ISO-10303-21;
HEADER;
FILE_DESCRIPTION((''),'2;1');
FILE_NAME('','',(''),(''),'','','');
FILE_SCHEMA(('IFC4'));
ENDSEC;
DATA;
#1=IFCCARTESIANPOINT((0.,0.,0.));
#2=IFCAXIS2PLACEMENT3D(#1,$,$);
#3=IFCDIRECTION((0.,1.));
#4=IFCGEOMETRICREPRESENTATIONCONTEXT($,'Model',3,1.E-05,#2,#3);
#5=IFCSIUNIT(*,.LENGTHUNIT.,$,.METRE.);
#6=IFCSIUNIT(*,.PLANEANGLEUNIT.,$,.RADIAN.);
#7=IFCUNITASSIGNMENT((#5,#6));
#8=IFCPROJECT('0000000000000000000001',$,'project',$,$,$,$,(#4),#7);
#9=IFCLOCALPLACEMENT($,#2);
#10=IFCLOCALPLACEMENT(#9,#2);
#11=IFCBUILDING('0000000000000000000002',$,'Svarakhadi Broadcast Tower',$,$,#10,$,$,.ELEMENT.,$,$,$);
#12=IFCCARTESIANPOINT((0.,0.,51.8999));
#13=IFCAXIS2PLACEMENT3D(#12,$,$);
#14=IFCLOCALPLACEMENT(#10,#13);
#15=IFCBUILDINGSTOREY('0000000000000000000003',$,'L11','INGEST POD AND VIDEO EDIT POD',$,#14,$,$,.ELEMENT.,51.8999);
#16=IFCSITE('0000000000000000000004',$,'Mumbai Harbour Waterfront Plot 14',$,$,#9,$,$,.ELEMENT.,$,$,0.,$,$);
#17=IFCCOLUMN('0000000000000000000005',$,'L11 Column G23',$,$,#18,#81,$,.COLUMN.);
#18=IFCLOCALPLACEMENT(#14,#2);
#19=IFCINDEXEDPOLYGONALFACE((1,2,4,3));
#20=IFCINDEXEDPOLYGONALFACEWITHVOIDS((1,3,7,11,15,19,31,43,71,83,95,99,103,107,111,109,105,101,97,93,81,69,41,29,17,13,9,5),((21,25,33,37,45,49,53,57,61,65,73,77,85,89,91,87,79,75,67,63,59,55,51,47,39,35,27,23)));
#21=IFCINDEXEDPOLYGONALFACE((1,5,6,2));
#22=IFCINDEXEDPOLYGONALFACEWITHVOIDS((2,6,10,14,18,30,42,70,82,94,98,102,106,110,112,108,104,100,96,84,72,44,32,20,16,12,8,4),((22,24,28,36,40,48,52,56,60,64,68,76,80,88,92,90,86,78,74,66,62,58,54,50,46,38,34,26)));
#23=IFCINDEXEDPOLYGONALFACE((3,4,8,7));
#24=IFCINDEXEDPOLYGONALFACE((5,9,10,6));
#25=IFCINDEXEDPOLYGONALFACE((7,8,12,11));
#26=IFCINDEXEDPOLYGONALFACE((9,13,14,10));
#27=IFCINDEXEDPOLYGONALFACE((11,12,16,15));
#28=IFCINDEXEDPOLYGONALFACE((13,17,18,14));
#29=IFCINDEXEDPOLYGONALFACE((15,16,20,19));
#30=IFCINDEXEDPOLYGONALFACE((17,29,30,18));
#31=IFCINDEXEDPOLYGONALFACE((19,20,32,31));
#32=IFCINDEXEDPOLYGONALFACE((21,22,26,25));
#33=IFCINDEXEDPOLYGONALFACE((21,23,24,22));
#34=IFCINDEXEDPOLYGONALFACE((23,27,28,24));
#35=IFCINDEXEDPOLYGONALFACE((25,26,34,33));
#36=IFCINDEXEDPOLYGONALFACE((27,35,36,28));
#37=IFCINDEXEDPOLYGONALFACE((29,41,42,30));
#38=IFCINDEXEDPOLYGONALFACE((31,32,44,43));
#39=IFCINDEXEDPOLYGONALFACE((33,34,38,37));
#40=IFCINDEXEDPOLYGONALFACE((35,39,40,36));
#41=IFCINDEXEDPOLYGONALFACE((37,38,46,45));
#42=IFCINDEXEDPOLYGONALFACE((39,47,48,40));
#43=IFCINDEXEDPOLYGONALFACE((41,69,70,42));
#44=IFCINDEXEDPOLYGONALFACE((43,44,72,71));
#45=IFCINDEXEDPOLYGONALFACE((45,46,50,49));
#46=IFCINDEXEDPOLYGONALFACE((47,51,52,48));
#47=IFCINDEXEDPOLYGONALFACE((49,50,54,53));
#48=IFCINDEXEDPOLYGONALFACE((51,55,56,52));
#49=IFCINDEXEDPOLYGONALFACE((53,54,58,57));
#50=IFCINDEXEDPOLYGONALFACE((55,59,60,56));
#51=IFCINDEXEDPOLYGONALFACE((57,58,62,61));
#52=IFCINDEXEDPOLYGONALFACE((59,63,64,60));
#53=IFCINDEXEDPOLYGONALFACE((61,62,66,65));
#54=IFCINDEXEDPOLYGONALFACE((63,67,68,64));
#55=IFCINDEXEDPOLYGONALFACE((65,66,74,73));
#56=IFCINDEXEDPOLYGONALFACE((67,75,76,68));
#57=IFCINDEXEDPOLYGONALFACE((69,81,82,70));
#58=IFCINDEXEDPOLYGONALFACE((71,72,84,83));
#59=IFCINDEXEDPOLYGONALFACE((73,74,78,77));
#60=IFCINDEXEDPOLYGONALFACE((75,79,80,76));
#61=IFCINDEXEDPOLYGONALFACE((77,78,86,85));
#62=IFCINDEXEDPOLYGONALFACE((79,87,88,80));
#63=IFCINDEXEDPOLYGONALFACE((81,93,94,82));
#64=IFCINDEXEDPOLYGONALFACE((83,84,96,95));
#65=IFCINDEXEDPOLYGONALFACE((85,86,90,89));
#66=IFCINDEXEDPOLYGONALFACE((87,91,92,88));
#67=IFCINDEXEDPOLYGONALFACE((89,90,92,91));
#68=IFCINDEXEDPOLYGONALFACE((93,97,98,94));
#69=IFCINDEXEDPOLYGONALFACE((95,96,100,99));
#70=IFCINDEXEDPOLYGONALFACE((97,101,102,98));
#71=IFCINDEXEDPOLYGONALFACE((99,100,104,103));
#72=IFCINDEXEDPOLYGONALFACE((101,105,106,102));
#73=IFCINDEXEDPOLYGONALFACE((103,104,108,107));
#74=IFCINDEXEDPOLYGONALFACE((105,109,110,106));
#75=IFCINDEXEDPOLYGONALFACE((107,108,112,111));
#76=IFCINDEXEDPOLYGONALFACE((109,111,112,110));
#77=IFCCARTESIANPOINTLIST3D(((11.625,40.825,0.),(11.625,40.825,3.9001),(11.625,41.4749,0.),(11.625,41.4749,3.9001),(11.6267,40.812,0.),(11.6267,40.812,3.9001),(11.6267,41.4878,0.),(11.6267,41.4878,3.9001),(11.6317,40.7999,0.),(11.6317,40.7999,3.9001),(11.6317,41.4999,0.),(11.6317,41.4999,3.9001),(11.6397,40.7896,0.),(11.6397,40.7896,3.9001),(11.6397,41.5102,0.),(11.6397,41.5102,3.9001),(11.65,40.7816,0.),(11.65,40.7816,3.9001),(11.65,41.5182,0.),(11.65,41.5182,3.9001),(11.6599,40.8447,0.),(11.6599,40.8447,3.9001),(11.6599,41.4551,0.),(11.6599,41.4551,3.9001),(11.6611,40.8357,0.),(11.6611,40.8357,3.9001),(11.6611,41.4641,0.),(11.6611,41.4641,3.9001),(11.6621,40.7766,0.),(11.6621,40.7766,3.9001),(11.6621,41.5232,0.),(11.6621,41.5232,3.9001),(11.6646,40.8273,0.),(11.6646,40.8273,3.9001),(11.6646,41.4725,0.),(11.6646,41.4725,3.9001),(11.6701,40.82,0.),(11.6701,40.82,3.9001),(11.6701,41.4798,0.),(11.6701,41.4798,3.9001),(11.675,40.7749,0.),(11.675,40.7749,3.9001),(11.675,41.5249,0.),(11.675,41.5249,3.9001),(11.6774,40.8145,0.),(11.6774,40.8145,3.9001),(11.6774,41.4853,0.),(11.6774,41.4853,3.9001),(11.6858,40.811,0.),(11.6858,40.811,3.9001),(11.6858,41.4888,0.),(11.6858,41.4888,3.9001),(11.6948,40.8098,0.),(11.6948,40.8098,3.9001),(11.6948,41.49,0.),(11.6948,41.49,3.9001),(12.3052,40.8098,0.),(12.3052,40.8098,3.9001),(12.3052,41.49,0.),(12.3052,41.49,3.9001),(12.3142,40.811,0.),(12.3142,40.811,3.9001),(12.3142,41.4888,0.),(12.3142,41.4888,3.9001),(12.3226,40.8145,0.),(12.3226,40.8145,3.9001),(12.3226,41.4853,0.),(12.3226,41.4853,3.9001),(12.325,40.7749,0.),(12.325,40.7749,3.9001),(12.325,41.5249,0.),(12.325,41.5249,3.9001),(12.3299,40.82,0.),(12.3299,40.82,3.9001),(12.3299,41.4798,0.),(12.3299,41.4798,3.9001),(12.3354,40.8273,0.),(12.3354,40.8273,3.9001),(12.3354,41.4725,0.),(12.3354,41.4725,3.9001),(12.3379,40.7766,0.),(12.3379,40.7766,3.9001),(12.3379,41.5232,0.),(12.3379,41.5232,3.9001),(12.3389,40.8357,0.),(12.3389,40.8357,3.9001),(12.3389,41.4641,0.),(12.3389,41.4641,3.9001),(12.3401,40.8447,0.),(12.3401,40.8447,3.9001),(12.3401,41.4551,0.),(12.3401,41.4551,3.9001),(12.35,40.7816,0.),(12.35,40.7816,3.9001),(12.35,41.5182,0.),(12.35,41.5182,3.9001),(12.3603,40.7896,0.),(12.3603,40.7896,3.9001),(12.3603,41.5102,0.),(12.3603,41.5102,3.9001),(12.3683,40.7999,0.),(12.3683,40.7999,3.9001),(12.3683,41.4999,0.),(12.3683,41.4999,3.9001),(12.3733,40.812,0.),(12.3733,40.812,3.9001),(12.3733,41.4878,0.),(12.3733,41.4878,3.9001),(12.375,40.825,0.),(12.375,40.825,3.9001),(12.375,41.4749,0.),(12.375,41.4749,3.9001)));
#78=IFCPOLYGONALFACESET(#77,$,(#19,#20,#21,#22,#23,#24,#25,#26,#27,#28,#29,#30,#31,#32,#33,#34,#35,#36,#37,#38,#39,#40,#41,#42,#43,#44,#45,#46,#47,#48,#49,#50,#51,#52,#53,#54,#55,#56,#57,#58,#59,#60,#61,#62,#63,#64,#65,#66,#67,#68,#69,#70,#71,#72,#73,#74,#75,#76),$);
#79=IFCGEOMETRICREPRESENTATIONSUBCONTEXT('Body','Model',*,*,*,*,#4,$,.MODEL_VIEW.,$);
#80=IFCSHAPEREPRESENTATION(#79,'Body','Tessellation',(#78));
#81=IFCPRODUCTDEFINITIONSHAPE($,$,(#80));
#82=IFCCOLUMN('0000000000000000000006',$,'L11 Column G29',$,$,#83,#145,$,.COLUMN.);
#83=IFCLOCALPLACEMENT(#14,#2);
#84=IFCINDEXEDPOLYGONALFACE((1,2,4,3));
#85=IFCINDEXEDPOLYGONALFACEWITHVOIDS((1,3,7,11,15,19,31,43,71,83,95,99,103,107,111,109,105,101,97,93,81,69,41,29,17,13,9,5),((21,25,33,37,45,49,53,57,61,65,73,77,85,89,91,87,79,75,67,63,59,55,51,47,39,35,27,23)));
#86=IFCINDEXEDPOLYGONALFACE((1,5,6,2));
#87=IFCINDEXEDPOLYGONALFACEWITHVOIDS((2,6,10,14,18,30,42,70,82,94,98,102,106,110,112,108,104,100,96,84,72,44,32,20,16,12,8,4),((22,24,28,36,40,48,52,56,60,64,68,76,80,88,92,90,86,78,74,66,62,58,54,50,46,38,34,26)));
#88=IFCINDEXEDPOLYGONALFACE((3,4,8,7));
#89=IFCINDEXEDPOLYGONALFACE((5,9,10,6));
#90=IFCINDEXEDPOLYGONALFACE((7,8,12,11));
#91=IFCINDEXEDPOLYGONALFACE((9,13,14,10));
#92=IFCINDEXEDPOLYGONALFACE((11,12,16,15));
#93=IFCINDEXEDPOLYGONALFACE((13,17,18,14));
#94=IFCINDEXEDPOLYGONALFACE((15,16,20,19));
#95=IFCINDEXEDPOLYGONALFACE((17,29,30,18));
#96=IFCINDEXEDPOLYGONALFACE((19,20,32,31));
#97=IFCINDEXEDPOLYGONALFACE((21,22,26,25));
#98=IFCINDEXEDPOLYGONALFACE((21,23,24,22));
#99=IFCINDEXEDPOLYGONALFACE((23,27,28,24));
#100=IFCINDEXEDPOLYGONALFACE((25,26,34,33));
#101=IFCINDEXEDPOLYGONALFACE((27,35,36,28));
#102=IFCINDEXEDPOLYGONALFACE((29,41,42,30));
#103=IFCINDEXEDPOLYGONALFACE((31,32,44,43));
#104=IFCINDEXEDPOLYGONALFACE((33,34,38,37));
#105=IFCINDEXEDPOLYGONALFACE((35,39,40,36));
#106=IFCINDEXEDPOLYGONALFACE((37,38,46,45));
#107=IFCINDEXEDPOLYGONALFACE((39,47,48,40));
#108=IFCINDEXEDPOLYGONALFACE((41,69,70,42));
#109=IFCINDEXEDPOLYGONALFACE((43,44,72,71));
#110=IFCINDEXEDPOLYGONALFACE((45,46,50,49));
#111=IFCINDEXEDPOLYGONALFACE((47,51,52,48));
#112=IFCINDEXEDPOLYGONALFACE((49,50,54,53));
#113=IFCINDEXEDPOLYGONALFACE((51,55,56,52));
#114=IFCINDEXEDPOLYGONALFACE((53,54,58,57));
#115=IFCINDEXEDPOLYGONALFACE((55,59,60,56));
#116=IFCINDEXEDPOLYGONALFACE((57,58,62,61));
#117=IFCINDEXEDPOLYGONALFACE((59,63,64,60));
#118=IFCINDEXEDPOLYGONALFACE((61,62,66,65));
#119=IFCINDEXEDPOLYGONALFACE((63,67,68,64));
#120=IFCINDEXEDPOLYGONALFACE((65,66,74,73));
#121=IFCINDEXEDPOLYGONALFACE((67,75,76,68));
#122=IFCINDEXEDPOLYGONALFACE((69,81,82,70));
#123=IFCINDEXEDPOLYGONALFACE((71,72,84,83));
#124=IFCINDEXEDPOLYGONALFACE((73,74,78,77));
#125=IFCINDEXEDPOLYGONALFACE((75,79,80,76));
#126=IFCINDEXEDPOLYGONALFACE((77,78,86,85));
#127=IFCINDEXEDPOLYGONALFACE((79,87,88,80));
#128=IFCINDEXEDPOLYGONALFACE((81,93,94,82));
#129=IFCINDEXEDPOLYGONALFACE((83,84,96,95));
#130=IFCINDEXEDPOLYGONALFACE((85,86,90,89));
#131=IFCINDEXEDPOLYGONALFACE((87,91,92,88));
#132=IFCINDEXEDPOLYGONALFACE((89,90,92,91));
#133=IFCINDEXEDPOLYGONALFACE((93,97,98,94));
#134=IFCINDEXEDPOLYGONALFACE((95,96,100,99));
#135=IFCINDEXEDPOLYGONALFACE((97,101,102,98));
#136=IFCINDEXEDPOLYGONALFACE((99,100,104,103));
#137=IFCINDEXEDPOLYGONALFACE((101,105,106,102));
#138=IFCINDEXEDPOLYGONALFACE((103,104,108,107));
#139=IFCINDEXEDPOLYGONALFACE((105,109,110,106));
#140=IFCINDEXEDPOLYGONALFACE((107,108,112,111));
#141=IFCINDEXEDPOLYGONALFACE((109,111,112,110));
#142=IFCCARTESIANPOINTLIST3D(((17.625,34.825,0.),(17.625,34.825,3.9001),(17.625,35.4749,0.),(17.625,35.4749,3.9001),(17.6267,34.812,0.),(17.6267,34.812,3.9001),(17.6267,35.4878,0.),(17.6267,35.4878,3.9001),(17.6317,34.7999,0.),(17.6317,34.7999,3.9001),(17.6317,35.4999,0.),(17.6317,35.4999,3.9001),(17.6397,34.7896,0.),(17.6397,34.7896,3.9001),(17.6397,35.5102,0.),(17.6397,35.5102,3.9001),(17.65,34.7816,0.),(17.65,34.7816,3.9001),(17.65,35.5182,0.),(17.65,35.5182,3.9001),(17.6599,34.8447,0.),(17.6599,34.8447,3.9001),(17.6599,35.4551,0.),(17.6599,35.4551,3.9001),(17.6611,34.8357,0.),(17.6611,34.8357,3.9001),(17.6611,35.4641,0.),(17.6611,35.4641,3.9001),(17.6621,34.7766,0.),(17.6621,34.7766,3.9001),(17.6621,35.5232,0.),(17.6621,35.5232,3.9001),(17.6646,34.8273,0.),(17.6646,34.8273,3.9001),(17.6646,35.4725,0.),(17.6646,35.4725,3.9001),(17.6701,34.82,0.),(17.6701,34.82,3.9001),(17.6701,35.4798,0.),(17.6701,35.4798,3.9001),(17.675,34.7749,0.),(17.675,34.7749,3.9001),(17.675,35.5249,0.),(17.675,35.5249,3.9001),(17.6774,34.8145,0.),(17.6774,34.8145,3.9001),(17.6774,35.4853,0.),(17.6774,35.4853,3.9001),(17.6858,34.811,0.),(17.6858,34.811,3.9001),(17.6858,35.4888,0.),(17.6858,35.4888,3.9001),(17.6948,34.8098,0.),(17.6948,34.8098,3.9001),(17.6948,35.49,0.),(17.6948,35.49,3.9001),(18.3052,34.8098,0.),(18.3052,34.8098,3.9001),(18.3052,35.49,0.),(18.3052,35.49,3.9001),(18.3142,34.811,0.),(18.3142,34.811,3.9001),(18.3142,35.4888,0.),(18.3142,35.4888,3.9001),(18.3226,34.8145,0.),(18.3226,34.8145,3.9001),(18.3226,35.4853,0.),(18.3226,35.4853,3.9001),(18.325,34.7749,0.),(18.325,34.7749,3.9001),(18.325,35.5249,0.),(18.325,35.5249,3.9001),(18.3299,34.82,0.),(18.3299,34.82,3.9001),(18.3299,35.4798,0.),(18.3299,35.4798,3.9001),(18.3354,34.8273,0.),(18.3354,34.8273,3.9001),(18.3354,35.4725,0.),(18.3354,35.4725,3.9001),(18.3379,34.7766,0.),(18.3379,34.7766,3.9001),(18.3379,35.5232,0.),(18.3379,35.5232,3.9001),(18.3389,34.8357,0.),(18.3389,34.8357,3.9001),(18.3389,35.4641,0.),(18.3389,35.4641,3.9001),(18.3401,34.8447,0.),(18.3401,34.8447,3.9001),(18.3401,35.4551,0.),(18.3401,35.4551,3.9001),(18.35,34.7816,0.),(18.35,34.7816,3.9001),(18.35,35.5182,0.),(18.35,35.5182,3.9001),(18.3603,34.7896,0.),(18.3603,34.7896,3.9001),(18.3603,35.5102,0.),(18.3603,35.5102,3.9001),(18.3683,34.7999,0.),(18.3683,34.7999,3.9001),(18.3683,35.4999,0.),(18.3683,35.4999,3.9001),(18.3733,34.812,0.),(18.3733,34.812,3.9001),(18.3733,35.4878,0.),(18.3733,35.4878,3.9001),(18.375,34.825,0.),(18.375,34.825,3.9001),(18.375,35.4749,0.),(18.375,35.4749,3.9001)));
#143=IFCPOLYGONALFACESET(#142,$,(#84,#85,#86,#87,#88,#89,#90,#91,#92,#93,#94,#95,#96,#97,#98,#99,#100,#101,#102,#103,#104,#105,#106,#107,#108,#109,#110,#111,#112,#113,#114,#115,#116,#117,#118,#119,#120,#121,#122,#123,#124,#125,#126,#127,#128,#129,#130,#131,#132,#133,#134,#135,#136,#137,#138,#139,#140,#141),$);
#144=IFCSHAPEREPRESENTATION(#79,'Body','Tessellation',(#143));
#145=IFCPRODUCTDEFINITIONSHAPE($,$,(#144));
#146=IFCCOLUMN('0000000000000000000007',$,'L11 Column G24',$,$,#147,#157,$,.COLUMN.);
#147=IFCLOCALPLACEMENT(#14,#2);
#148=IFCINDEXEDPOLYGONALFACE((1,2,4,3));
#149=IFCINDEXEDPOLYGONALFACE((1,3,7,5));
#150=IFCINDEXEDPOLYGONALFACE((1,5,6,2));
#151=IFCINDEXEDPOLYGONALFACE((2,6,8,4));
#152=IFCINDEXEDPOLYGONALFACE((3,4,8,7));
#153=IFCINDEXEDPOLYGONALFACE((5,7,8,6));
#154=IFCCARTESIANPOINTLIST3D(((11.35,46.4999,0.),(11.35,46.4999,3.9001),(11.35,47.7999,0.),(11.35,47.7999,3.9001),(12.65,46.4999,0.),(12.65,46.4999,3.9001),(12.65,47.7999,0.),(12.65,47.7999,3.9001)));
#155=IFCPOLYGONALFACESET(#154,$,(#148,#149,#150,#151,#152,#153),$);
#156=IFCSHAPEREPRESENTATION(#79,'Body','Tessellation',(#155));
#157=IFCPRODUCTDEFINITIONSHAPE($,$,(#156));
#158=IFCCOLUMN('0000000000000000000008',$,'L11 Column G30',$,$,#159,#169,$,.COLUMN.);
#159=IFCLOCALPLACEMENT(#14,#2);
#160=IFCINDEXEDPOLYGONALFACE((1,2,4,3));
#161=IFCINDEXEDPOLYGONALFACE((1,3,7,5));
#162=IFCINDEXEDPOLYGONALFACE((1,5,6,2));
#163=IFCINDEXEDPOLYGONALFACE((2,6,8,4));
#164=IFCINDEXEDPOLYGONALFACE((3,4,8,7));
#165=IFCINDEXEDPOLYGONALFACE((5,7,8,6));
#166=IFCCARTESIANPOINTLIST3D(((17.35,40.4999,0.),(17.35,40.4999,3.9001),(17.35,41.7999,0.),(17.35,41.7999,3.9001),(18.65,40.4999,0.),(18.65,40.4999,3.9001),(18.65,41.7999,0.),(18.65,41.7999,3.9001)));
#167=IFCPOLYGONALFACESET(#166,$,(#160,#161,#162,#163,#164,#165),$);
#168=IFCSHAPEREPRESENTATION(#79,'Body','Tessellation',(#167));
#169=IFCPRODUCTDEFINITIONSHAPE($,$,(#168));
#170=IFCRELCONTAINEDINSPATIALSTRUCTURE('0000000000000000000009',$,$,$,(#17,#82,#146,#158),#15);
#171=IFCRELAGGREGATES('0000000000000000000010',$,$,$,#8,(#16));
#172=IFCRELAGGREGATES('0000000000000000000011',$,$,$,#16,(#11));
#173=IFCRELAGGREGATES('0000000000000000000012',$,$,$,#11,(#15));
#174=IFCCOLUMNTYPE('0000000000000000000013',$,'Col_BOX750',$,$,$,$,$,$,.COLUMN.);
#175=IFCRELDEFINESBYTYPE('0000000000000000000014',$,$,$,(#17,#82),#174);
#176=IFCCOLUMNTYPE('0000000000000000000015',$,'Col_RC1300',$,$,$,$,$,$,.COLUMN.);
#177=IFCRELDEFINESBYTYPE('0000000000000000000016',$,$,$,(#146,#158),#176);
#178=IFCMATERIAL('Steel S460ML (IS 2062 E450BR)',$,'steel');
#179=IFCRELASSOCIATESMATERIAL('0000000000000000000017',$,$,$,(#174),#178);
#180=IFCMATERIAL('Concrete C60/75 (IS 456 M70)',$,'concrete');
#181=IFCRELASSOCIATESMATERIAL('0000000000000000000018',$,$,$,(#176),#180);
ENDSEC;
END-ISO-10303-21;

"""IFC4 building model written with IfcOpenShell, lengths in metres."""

from ifc_helpers import new_model, si_unit, direction, frame, origin, origin_2d, place, context, subcontext, project, spatial, rectangle, hollow_rectangle, extrude, material, material_profile, profile_set, type_object, element, save


model = new_model("IFC4")

# Units and contexts
model_context = context("Model", 3, precision=1e-05, world=origin(), true_north=direction((0.0, 1.0)))
body_context = subcontext(model_context, "Body", "Model", "MODEL_VIEW")
ifc_project = project(units=[si_unit("LENGTHUNIT", "METRE"), si_unit("PLANEANGLEUNIT", "RADIAN")], contexts=[model_context])

# Site, building, storey
site_placement = place(None, origin())
site = spatial("IfcSite", under=ifc_project, at=site_placement, Name="Mumbai Harbour Waterfront Plot 14", CompositionType="ELEMENT", RefElevation=0.0)
building_placement = place(site_placement, origin())
building = spatial("IfcBuilding", under=site, at=building_placement, Name="Svarakhadi Broadcast Tower", CompositionType="ELEMENT")
storey_placement = place(building_placement, frame((0.0, 0.0, 51.8999)))
storey = spatial("IfcBuildingStorey", under=building, at=storey_placement, Name="L11", Description="INGEST POD AND VIDEO EDIT POD", CompositionType="ELEMENT", Elevation=51.8999)

# Columns
ifc_material_1 = material(Name="Steel S460ML (IS 2062 E450BR)", Category="steel")
ifc_material_profile_1 = material_profile(ifc_material_1, hollow_rectangle(XDim=0.75, YDim=0.75, WallThickness=0.0349, InnerFilletRadius=0.0349, OuterFilletRadius=0.05, at=origin_2d()), Name="BOX 750x750x35")
ifc_profile_set_1 = profile_set([ifc_material_profile_1], Name="Steel S460ML (IS 2062 E450BR)")
column_type_1 = type_object("IfcColumnType", Name="Col_BOX750", PredefinedType="COLUMN", material=ifc_profile_set_1)
for number, where, z_axis, x_axis, name in (
    (1, (12.0, 41.1499, 0.0), (0.0, 0.0, 1.0), (1.0, 0.0, 0.0), "L11 Column G23"),
    (2, (18.0, 35.1499, 0.0), (0.0, 0.0, 1.0), (1.0, 0.0, 0.0), "L11 Column G29"),
):
    element("IfcColumn", number, at=place(storey_placement, frame(where, z_axis=z_axis, x_axis=x_axis)), inside=storey, type_object=column_type_1, Name=name, PredefinedType="COLUMN", context=body_context, shape_type="SweptSolid", body=[
        extrude(hollow_rectangle(XDim=0.75, YDim=0.75, WallThickness=0.0349, InnerFilletRadius=0.0349, OuterFilletRadius=0.05, at=origin_2d()), origin(), (0.0, 0.0, 1.0), 3.9001),
    ])
ifc_material_2 = material(Name="Concrete C60/75 (IS 456 M70)", Category="concrete")
ifc_material_profile_2 = material_profile(ifc_material_2, rectangle(XDim=1.3, YDim=1.3, at=origin_2d()), Name="RC 1300x1300")
ifc_profile_set_2 = profile_set([ifc_material_profile_2], Name="Concrete C60/75 (IS 456 M70)")
column_type_2 = type_object("IfcColumnType", Name="Col_RC1300", PredefinedType="COLUMN", material=ifc_profile_set_2)
for number, where, z_axis, x_axis, name in (
    (3, (12.0, 47.1499, 0.0), (0.0, 0.0, 1.0), (1.0, 0.0, 0.0), "L11 Column G24"),
    (4, (18.0, 41.1499, 0.0), (0.0, 0.0, 1.0), (1.0, 0.0, 0.0), "L11 Column G30"),
):
    element("IfcColumn", number, at=place(storey_placement, frame(where, z_axis=z_axis, x_axis=x_axis)), inside=storey, type_object=column_type_2, Name=name, PredefinedType="COLUMN", context=body_context, shape_type="SweptSolid", body=[
        extrude(rectangle(XDim=1.3, YDim=1.3, at=origin_2d()), origin(), (0.0, 0.0, 1.0), 3.9001),
    ])

save(model, "model.ifc")
